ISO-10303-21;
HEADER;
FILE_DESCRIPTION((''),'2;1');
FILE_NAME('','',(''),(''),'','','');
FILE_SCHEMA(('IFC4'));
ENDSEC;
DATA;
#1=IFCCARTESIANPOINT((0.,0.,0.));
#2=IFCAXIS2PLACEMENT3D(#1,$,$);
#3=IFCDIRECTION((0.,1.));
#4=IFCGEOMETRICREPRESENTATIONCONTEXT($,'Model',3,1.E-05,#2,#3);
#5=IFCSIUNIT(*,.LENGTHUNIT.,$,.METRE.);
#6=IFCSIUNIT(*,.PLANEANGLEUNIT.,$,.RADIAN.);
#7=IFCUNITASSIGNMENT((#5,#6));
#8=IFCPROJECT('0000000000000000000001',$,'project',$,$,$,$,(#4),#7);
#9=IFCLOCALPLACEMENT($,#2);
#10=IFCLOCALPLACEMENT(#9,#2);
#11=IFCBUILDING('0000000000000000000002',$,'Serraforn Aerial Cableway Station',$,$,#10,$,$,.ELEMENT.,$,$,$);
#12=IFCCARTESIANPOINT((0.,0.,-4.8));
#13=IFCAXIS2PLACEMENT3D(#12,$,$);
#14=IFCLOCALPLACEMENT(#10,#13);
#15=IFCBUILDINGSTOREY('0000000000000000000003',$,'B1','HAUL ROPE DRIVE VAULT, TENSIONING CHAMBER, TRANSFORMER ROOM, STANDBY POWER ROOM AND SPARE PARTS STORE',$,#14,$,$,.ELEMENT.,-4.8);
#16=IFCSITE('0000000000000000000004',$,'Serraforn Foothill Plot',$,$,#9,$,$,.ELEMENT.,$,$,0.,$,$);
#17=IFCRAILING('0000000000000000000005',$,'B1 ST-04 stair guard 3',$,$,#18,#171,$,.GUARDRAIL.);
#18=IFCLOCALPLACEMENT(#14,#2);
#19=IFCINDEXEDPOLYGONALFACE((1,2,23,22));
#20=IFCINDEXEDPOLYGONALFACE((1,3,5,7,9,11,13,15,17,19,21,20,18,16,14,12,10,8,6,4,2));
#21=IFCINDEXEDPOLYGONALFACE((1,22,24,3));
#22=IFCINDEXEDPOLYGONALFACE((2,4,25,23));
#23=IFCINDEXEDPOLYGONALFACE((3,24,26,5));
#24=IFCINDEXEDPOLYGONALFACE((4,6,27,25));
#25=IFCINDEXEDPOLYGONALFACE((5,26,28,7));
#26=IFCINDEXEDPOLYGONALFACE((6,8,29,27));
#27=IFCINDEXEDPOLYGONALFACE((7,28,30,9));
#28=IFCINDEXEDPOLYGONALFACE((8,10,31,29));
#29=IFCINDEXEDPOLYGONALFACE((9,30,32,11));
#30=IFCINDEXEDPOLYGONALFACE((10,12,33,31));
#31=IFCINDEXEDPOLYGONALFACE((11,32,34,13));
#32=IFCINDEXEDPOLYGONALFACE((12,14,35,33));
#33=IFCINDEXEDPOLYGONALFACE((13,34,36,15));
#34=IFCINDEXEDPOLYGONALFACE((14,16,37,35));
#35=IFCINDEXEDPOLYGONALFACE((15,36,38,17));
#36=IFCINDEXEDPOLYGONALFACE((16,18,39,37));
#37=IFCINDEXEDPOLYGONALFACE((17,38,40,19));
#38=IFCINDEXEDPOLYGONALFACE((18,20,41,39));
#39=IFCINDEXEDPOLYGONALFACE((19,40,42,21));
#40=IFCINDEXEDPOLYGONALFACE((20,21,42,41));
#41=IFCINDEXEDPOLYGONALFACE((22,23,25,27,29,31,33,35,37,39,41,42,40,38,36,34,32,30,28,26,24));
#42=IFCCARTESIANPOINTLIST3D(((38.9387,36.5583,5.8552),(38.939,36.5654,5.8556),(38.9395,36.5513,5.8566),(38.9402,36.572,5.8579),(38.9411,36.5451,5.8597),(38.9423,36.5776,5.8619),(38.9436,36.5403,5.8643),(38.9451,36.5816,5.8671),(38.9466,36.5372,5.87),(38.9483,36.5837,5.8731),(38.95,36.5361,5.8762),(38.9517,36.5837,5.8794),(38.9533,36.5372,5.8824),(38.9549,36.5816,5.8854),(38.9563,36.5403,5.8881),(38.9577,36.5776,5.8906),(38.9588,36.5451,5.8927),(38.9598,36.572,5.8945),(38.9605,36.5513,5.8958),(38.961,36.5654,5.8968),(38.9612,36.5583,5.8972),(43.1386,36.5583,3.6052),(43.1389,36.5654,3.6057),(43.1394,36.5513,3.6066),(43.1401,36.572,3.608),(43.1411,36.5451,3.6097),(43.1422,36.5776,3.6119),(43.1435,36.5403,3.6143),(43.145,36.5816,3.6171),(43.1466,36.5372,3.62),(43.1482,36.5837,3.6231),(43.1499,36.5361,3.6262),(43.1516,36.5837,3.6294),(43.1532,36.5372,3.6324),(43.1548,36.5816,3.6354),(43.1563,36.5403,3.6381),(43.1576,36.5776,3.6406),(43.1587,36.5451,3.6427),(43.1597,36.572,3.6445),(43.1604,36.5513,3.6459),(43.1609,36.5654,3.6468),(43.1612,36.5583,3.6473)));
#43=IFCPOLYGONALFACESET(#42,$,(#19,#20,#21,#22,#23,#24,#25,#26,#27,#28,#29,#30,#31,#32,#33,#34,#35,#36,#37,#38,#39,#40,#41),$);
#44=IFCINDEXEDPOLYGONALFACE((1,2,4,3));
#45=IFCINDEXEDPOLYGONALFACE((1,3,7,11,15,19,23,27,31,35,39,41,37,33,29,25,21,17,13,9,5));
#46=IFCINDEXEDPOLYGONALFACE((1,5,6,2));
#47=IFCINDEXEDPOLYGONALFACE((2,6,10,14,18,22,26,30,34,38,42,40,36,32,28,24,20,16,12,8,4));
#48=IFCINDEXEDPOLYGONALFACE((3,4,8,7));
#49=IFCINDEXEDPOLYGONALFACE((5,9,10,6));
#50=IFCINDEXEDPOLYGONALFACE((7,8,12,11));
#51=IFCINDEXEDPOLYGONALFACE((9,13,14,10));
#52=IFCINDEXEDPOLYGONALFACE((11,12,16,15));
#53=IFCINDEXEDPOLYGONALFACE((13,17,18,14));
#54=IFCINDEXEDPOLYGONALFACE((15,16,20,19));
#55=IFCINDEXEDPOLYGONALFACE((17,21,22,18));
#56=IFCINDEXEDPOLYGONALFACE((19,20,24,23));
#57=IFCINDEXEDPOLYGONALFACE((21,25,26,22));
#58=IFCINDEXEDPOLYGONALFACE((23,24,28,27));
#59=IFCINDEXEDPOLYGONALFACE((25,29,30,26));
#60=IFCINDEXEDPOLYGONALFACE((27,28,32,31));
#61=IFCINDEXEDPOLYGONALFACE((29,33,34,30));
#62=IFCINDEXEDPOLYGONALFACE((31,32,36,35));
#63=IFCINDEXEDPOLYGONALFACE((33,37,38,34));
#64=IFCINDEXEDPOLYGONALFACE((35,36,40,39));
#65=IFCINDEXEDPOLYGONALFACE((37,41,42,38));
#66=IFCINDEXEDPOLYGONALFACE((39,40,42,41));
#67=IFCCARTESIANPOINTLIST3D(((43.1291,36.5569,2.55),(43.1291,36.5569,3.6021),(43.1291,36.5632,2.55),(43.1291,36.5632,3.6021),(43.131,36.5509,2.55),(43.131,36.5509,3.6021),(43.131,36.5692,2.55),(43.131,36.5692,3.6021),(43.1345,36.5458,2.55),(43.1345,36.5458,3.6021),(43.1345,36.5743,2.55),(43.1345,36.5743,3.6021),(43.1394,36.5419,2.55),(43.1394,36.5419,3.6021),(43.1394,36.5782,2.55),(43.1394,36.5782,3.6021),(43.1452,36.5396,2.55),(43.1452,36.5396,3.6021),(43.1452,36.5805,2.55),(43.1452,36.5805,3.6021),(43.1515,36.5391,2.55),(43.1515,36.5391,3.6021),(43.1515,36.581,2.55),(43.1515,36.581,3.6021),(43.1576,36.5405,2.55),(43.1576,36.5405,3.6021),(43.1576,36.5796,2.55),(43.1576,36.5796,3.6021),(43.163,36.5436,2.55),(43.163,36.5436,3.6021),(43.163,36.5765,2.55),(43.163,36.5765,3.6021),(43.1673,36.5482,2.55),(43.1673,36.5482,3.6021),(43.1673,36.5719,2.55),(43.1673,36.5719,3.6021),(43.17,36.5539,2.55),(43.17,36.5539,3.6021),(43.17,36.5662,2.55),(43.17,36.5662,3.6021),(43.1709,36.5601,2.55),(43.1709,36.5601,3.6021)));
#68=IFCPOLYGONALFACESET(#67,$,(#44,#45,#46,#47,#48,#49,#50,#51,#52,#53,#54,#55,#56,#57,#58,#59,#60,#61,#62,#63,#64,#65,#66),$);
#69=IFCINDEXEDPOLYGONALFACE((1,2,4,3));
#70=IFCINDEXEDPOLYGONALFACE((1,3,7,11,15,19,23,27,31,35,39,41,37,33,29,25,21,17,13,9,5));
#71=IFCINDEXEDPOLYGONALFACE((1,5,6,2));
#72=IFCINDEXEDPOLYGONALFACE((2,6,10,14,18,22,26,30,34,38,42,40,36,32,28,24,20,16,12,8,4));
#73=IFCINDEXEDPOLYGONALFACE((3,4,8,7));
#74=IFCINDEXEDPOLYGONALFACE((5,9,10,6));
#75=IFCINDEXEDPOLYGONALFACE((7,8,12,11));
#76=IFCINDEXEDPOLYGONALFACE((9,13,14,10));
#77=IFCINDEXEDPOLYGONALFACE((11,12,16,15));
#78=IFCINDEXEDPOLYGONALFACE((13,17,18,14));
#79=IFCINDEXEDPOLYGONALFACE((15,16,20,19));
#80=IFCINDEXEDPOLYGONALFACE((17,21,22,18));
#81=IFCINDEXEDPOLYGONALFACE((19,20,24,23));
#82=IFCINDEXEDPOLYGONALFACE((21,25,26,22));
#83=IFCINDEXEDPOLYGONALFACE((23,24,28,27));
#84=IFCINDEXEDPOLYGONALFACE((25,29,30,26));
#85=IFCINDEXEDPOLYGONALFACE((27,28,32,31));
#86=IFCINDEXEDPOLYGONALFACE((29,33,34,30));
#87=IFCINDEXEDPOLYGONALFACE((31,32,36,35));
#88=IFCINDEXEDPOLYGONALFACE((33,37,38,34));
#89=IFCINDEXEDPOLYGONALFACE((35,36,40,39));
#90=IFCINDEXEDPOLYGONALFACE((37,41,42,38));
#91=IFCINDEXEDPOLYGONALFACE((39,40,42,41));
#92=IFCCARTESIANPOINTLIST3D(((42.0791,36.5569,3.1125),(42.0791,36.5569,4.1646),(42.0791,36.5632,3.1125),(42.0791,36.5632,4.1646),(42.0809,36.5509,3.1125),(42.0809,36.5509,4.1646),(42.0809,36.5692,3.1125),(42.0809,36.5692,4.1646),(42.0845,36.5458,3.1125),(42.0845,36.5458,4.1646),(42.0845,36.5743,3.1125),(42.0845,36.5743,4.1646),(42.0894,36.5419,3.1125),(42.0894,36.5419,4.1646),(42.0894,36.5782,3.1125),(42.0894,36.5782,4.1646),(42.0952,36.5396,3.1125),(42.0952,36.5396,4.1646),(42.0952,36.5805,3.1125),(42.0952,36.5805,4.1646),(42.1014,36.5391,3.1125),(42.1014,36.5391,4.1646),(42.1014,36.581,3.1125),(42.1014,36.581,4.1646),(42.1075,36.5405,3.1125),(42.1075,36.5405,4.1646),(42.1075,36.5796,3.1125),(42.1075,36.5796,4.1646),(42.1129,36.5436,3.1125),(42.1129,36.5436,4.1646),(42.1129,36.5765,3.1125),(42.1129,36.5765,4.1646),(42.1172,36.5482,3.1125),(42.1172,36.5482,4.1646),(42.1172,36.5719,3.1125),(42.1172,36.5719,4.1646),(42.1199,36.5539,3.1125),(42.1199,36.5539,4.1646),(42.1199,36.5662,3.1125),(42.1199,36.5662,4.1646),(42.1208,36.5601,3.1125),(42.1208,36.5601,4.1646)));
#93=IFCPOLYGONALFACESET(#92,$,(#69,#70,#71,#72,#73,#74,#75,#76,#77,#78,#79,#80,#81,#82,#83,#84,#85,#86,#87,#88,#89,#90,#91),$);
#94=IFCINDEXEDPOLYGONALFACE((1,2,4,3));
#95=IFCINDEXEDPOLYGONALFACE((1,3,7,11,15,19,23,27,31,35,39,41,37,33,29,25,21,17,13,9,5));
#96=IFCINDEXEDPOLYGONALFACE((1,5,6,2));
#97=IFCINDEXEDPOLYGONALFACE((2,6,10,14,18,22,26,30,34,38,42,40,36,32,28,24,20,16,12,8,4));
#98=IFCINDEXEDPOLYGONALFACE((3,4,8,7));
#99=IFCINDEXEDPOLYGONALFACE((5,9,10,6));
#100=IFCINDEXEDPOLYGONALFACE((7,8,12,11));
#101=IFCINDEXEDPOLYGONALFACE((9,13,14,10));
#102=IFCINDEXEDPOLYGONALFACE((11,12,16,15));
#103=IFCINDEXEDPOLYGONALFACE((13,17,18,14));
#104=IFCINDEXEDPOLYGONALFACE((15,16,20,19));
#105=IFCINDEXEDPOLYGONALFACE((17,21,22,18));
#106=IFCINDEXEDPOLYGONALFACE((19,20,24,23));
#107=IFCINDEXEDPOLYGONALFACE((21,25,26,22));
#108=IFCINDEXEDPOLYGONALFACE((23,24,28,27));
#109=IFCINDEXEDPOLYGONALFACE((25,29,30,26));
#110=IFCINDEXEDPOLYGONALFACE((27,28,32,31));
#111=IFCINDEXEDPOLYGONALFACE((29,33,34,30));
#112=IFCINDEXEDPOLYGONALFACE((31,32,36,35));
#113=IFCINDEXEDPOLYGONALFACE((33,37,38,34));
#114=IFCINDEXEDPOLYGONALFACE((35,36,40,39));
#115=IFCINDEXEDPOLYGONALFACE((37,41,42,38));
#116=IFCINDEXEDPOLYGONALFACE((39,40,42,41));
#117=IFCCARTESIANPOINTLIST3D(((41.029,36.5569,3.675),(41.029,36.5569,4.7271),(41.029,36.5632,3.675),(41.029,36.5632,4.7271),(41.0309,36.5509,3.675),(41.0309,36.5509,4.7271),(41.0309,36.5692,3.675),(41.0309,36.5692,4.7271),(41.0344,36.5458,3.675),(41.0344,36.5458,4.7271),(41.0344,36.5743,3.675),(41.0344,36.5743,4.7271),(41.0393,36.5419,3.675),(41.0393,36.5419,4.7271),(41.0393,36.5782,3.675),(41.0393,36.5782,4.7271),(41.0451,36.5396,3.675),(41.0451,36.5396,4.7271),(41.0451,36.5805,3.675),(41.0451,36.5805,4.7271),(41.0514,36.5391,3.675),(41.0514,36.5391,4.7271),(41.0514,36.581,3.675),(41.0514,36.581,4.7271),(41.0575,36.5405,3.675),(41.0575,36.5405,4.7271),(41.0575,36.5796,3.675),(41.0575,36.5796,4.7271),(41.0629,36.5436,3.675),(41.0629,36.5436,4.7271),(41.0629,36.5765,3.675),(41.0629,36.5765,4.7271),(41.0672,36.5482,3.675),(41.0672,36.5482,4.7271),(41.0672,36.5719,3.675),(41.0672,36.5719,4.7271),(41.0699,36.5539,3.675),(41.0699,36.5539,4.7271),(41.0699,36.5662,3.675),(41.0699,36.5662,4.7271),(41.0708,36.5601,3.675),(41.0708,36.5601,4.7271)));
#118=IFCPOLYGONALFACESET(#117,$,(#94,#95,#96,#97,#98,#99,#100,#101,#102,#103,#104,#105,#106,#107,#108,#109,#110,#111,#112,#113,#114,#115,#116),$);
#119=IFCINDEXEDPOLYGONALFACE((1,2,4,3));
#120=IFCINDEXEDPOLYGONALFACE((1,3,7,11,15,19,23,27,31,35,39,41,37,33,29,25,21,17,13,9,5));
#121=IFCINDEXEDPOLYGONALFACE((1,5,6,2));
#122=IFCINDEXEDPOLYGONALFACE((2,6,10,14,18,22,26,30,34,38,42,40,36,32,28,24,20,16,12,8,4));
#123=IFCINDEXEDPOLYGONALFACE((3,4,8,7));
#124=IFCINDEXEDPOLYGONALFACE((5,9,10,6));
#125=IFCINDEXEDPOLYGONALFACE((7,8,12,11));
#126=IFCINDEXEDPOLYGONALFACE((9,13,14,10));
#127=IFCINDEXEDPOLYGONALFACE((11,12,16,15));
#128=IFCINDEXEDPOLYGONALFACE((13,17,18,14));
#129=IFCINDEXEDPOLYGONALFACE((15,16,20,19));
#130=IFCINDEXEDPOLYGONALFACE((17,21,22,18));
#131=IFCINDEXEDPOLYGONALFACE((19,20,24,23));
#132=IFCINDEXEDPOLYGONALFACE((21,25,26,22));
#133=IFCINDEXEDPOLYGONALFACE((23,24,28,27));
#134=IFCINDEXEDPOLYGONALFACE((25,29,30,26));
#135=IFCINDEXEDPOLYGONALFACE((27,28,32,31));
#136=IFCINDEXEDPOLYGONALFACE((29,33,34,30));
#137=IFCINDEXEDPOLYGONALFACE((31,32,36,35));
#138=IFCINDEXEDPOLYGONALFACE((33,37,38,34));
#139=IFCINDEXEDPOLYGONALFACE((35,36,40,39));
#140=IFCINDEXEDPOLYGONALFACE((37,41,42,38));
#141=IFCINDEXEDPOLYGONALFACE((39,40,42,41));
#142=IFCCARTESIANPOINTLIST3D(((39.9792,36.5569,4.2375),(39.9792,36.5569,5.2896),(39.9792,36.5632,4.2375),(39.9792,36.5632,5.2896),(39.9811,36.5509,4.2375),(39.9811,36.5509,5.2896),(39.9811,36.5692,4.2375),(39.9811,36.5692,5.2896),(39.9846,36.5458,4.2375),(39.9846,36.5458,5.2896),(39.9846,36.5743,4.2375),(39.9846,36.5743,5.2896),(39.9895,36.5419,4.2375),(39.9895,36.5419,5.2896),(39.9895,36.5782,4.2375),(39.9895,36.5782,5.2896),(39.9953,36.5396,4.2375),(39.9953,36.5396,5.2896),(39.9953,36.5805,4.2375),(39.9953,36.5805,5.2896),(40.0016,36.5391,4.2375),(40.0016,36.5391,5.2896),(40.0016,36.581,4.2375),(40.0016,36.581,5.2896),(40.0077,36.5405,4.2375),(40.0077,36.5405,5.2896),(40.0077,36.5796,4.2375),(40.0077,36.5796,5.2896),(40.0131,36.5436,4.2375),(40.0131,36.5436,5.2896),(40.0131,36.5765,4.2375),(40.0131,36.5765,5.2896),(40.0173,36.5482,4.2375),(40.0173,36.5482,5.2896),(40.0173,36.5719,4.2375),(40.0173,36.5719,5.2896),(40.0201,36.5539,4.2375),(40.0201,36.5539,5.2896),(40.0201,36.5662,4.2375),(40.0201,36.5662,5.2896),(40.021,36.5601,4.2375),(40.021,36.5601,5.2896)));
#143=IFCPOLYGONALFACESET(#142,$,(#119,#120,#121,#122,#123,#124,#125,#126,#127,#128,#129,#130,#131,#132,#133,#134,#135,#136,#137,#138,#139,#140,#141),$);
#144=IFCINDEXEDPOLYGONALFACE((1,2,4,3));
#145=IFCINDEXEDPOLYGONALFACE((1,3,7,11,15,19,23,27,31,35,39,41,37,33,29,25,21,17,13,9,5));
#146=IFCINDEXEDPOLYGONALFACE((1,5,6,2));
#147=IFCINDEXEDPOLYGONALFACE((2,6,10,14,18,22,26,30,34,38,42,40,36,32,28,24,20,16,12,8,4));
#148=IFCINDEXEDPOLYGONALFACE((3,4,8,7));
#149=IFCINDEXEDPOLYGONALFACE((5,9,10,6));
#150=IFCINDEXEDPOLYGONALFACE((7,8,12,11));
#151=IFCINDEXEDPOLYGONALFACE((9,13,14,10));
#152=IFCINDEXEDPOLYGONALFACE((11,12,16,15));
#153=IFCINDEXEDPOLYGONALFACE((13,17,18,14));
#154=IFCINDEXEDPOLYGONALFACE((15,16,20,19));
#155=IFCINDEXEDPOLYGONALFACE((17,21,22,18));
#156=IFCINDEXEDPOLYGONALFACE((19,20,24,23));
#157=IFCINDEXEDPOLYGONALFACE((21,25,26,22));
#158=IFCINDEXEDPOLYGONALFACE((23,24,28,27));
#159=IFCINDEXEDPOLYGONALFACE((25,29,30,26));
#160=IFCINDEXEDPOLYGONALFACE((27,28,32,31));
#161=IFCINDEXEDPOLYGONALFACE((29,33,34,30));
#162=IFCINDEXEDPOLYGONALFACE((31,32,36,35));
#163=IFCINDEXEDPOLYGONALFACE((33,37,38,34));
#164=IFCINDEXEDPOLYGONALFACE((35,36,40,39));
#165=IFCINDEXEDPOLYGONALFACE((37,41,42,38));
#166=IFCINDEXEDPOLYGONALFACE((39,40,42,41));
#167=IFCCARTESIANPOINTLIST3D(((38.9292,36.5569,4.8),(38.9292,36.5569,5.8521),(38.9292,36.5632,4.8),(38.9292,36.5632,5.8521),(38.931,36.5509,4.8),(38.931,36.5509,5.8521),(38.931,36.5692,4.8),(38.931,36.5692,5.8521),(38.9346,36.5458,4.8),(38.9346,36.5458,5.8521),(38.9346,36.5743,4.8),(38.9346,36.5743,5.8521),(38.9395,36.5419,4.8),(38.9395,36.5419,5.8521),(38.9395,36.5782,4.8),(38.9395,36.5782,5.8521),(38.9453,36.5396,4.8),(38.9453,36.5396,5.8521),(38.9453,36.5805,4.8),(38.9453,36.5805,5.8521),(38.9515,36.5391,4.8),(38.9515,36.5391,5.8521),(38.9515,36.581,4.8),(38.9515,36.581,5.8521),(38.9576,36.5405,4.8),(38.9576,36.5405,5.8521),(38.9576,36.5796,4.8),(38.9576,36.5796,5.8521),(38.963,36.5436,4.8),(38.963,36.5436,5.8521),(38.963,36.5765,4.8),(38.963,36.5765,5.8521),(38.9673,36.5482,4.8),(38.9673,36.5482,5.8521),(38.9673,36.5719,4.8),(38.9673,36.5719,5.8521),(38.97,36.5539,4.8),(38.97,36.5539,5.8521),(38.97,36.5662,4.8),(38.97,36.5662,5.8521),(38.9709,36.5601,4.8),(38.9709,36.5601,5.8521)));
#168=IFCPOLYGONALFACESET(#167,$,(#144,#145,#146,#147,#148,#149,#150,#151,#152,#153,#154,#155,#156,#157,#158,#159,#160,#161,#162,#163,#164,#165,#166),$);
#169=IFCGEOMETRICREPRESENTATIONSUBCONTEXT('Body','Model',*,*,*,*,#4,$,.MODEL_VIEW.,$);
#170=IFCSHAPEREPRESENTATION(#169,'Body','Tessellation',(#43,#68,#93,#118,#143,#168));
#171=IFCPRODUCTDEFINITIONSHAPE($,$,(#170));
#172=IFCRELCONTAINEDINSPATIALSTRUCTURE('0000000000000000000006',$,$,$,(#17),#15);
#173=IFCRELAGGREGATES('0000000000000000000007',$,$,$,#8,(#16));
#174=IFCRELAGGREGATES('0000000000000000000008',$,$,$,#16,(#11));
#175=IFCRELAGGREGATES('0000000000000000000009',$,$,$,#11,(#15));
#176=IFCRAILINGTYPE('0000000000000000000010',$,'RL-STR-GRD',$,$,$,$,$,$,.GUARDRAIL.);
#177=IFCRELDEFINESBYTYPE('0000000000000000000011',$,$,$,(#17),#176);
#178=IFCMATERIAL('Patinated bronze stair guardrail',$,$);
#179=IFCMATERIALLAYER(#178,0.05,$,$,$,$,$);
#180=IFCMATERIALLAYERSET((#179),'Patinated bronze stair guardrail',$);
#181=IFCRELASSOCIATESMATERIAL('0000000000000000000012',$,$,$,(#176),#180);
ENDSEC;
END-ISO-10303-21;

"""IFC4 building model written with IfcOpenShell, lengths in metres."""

from ifc_helpers import new_model, si_unit, direction, frame, origin, origin_2d, place, context, subcontext, project, spatial, circle, extrude, material, layer, layer_set, type_object, element, save


model = new_model("IFC4")

# Units and contexts
model_context = context("Model", 3, precision=1e-05, world=origin(), true_north=direction((0.0, 1.0)))
body_context = subcontext(model_context, "Body", "Model", "MODEL_VIEW")
ifc_project = project(units=[si_unit("LENGTHUNIT", "METRE"), si_unit("PLANEANGLEUNIT", "RADIAN")], contexts=[model_context])

# Site, building, storey
site_placement = place(None, origin())
site = spatial("IfcSite", under=ifc_project, at=site_placement, Name="Serraforn Foothill Plot", CompositionType="ELEMENT", RefElevation=0.0)
building_placement = place(site_placement, origin())
building = spatial("IfcBuilding", under=site, at=building_placement, Name="Serraforn Aerial Cableway Station", CompositionType="ELEMENT")
storey_placement = place(building_placement, frame((0.0, 0.0, -4.8)))
storey = spatial("IfcBuildingStorey", under=building, at=storey_placement, Name="B1", Description="HAUL ROPE DRIVE VAULT, TENSIONING CHAMBER, TRANSFORMER ROOM, STANDBY POWER ROOM AND SPARE PARTS STORE", CompositionType="ELEMENT", Elevation=-4.8)

# Railing
ifc_material_1 = material(Name="Patinated bronze stair guardrail")
ifc_layer_1 = layer(ifc_material_1, 0.05)
ifc_layer_set_1 = layer_set([ifc_layer_1], Name="Patinated bronze stair guardrail")
railing_type_1 = type_object("IfcRailingType", Name="RL-STR-GRD", PredefinedType="GUARDRAIL", material=ifc_layer_set_1)
railing_1_placement = place(storey_placement, frame((43.1499, 36.5601, 2.55)))
element("IfcRailing", 1, at=railing_1_placement, inside=storey, type_object=railing_type_1, Name="B1 ST-04 stair guard 3", PredefinedType="GUARDRAIL", context=body_context, shape_type="SweptSolid", body=[
    extrude(circle(Radius=0.0239, at=origin_2d()), frame((0.0, 0.0, 1.0762), z_axis=(-0.881478, 0.0, 0.472226), x_axis=(0.0, -1.0, 0.0)), (0.0, 0.0, 1.0), 4.7646),
    extrude(circle(Radius=0.021, at=origin_2d()), origin(), (0.0, 0.0, 1.0), 1.052),
    extrude(circle(Radius=0.021, at=origin_2d()), frame((-1.05, 0.0, 0.5625)), (0.0, 0.0, 1.0), 1.052),
    extrude(circle(Radius=0.021, at=origin_2d()), frame((-2.1001, 0.0, 1.125)), (0.0, 0.0, 1.0), 1.052),
    extrude(circle(Radius=0.021, at=origin_2d()), frame((-3.1499, 0.0, 1.6875)), (0.0, 0.0, 1.0), 1.052),
    extrude(circle(Radius=0.021, at=origin_2d()), frame((-4.2, 0.0, 2.25)), (0.0, 0.0, 1.0), 1.052),
])

save(model, "model.ifc")
